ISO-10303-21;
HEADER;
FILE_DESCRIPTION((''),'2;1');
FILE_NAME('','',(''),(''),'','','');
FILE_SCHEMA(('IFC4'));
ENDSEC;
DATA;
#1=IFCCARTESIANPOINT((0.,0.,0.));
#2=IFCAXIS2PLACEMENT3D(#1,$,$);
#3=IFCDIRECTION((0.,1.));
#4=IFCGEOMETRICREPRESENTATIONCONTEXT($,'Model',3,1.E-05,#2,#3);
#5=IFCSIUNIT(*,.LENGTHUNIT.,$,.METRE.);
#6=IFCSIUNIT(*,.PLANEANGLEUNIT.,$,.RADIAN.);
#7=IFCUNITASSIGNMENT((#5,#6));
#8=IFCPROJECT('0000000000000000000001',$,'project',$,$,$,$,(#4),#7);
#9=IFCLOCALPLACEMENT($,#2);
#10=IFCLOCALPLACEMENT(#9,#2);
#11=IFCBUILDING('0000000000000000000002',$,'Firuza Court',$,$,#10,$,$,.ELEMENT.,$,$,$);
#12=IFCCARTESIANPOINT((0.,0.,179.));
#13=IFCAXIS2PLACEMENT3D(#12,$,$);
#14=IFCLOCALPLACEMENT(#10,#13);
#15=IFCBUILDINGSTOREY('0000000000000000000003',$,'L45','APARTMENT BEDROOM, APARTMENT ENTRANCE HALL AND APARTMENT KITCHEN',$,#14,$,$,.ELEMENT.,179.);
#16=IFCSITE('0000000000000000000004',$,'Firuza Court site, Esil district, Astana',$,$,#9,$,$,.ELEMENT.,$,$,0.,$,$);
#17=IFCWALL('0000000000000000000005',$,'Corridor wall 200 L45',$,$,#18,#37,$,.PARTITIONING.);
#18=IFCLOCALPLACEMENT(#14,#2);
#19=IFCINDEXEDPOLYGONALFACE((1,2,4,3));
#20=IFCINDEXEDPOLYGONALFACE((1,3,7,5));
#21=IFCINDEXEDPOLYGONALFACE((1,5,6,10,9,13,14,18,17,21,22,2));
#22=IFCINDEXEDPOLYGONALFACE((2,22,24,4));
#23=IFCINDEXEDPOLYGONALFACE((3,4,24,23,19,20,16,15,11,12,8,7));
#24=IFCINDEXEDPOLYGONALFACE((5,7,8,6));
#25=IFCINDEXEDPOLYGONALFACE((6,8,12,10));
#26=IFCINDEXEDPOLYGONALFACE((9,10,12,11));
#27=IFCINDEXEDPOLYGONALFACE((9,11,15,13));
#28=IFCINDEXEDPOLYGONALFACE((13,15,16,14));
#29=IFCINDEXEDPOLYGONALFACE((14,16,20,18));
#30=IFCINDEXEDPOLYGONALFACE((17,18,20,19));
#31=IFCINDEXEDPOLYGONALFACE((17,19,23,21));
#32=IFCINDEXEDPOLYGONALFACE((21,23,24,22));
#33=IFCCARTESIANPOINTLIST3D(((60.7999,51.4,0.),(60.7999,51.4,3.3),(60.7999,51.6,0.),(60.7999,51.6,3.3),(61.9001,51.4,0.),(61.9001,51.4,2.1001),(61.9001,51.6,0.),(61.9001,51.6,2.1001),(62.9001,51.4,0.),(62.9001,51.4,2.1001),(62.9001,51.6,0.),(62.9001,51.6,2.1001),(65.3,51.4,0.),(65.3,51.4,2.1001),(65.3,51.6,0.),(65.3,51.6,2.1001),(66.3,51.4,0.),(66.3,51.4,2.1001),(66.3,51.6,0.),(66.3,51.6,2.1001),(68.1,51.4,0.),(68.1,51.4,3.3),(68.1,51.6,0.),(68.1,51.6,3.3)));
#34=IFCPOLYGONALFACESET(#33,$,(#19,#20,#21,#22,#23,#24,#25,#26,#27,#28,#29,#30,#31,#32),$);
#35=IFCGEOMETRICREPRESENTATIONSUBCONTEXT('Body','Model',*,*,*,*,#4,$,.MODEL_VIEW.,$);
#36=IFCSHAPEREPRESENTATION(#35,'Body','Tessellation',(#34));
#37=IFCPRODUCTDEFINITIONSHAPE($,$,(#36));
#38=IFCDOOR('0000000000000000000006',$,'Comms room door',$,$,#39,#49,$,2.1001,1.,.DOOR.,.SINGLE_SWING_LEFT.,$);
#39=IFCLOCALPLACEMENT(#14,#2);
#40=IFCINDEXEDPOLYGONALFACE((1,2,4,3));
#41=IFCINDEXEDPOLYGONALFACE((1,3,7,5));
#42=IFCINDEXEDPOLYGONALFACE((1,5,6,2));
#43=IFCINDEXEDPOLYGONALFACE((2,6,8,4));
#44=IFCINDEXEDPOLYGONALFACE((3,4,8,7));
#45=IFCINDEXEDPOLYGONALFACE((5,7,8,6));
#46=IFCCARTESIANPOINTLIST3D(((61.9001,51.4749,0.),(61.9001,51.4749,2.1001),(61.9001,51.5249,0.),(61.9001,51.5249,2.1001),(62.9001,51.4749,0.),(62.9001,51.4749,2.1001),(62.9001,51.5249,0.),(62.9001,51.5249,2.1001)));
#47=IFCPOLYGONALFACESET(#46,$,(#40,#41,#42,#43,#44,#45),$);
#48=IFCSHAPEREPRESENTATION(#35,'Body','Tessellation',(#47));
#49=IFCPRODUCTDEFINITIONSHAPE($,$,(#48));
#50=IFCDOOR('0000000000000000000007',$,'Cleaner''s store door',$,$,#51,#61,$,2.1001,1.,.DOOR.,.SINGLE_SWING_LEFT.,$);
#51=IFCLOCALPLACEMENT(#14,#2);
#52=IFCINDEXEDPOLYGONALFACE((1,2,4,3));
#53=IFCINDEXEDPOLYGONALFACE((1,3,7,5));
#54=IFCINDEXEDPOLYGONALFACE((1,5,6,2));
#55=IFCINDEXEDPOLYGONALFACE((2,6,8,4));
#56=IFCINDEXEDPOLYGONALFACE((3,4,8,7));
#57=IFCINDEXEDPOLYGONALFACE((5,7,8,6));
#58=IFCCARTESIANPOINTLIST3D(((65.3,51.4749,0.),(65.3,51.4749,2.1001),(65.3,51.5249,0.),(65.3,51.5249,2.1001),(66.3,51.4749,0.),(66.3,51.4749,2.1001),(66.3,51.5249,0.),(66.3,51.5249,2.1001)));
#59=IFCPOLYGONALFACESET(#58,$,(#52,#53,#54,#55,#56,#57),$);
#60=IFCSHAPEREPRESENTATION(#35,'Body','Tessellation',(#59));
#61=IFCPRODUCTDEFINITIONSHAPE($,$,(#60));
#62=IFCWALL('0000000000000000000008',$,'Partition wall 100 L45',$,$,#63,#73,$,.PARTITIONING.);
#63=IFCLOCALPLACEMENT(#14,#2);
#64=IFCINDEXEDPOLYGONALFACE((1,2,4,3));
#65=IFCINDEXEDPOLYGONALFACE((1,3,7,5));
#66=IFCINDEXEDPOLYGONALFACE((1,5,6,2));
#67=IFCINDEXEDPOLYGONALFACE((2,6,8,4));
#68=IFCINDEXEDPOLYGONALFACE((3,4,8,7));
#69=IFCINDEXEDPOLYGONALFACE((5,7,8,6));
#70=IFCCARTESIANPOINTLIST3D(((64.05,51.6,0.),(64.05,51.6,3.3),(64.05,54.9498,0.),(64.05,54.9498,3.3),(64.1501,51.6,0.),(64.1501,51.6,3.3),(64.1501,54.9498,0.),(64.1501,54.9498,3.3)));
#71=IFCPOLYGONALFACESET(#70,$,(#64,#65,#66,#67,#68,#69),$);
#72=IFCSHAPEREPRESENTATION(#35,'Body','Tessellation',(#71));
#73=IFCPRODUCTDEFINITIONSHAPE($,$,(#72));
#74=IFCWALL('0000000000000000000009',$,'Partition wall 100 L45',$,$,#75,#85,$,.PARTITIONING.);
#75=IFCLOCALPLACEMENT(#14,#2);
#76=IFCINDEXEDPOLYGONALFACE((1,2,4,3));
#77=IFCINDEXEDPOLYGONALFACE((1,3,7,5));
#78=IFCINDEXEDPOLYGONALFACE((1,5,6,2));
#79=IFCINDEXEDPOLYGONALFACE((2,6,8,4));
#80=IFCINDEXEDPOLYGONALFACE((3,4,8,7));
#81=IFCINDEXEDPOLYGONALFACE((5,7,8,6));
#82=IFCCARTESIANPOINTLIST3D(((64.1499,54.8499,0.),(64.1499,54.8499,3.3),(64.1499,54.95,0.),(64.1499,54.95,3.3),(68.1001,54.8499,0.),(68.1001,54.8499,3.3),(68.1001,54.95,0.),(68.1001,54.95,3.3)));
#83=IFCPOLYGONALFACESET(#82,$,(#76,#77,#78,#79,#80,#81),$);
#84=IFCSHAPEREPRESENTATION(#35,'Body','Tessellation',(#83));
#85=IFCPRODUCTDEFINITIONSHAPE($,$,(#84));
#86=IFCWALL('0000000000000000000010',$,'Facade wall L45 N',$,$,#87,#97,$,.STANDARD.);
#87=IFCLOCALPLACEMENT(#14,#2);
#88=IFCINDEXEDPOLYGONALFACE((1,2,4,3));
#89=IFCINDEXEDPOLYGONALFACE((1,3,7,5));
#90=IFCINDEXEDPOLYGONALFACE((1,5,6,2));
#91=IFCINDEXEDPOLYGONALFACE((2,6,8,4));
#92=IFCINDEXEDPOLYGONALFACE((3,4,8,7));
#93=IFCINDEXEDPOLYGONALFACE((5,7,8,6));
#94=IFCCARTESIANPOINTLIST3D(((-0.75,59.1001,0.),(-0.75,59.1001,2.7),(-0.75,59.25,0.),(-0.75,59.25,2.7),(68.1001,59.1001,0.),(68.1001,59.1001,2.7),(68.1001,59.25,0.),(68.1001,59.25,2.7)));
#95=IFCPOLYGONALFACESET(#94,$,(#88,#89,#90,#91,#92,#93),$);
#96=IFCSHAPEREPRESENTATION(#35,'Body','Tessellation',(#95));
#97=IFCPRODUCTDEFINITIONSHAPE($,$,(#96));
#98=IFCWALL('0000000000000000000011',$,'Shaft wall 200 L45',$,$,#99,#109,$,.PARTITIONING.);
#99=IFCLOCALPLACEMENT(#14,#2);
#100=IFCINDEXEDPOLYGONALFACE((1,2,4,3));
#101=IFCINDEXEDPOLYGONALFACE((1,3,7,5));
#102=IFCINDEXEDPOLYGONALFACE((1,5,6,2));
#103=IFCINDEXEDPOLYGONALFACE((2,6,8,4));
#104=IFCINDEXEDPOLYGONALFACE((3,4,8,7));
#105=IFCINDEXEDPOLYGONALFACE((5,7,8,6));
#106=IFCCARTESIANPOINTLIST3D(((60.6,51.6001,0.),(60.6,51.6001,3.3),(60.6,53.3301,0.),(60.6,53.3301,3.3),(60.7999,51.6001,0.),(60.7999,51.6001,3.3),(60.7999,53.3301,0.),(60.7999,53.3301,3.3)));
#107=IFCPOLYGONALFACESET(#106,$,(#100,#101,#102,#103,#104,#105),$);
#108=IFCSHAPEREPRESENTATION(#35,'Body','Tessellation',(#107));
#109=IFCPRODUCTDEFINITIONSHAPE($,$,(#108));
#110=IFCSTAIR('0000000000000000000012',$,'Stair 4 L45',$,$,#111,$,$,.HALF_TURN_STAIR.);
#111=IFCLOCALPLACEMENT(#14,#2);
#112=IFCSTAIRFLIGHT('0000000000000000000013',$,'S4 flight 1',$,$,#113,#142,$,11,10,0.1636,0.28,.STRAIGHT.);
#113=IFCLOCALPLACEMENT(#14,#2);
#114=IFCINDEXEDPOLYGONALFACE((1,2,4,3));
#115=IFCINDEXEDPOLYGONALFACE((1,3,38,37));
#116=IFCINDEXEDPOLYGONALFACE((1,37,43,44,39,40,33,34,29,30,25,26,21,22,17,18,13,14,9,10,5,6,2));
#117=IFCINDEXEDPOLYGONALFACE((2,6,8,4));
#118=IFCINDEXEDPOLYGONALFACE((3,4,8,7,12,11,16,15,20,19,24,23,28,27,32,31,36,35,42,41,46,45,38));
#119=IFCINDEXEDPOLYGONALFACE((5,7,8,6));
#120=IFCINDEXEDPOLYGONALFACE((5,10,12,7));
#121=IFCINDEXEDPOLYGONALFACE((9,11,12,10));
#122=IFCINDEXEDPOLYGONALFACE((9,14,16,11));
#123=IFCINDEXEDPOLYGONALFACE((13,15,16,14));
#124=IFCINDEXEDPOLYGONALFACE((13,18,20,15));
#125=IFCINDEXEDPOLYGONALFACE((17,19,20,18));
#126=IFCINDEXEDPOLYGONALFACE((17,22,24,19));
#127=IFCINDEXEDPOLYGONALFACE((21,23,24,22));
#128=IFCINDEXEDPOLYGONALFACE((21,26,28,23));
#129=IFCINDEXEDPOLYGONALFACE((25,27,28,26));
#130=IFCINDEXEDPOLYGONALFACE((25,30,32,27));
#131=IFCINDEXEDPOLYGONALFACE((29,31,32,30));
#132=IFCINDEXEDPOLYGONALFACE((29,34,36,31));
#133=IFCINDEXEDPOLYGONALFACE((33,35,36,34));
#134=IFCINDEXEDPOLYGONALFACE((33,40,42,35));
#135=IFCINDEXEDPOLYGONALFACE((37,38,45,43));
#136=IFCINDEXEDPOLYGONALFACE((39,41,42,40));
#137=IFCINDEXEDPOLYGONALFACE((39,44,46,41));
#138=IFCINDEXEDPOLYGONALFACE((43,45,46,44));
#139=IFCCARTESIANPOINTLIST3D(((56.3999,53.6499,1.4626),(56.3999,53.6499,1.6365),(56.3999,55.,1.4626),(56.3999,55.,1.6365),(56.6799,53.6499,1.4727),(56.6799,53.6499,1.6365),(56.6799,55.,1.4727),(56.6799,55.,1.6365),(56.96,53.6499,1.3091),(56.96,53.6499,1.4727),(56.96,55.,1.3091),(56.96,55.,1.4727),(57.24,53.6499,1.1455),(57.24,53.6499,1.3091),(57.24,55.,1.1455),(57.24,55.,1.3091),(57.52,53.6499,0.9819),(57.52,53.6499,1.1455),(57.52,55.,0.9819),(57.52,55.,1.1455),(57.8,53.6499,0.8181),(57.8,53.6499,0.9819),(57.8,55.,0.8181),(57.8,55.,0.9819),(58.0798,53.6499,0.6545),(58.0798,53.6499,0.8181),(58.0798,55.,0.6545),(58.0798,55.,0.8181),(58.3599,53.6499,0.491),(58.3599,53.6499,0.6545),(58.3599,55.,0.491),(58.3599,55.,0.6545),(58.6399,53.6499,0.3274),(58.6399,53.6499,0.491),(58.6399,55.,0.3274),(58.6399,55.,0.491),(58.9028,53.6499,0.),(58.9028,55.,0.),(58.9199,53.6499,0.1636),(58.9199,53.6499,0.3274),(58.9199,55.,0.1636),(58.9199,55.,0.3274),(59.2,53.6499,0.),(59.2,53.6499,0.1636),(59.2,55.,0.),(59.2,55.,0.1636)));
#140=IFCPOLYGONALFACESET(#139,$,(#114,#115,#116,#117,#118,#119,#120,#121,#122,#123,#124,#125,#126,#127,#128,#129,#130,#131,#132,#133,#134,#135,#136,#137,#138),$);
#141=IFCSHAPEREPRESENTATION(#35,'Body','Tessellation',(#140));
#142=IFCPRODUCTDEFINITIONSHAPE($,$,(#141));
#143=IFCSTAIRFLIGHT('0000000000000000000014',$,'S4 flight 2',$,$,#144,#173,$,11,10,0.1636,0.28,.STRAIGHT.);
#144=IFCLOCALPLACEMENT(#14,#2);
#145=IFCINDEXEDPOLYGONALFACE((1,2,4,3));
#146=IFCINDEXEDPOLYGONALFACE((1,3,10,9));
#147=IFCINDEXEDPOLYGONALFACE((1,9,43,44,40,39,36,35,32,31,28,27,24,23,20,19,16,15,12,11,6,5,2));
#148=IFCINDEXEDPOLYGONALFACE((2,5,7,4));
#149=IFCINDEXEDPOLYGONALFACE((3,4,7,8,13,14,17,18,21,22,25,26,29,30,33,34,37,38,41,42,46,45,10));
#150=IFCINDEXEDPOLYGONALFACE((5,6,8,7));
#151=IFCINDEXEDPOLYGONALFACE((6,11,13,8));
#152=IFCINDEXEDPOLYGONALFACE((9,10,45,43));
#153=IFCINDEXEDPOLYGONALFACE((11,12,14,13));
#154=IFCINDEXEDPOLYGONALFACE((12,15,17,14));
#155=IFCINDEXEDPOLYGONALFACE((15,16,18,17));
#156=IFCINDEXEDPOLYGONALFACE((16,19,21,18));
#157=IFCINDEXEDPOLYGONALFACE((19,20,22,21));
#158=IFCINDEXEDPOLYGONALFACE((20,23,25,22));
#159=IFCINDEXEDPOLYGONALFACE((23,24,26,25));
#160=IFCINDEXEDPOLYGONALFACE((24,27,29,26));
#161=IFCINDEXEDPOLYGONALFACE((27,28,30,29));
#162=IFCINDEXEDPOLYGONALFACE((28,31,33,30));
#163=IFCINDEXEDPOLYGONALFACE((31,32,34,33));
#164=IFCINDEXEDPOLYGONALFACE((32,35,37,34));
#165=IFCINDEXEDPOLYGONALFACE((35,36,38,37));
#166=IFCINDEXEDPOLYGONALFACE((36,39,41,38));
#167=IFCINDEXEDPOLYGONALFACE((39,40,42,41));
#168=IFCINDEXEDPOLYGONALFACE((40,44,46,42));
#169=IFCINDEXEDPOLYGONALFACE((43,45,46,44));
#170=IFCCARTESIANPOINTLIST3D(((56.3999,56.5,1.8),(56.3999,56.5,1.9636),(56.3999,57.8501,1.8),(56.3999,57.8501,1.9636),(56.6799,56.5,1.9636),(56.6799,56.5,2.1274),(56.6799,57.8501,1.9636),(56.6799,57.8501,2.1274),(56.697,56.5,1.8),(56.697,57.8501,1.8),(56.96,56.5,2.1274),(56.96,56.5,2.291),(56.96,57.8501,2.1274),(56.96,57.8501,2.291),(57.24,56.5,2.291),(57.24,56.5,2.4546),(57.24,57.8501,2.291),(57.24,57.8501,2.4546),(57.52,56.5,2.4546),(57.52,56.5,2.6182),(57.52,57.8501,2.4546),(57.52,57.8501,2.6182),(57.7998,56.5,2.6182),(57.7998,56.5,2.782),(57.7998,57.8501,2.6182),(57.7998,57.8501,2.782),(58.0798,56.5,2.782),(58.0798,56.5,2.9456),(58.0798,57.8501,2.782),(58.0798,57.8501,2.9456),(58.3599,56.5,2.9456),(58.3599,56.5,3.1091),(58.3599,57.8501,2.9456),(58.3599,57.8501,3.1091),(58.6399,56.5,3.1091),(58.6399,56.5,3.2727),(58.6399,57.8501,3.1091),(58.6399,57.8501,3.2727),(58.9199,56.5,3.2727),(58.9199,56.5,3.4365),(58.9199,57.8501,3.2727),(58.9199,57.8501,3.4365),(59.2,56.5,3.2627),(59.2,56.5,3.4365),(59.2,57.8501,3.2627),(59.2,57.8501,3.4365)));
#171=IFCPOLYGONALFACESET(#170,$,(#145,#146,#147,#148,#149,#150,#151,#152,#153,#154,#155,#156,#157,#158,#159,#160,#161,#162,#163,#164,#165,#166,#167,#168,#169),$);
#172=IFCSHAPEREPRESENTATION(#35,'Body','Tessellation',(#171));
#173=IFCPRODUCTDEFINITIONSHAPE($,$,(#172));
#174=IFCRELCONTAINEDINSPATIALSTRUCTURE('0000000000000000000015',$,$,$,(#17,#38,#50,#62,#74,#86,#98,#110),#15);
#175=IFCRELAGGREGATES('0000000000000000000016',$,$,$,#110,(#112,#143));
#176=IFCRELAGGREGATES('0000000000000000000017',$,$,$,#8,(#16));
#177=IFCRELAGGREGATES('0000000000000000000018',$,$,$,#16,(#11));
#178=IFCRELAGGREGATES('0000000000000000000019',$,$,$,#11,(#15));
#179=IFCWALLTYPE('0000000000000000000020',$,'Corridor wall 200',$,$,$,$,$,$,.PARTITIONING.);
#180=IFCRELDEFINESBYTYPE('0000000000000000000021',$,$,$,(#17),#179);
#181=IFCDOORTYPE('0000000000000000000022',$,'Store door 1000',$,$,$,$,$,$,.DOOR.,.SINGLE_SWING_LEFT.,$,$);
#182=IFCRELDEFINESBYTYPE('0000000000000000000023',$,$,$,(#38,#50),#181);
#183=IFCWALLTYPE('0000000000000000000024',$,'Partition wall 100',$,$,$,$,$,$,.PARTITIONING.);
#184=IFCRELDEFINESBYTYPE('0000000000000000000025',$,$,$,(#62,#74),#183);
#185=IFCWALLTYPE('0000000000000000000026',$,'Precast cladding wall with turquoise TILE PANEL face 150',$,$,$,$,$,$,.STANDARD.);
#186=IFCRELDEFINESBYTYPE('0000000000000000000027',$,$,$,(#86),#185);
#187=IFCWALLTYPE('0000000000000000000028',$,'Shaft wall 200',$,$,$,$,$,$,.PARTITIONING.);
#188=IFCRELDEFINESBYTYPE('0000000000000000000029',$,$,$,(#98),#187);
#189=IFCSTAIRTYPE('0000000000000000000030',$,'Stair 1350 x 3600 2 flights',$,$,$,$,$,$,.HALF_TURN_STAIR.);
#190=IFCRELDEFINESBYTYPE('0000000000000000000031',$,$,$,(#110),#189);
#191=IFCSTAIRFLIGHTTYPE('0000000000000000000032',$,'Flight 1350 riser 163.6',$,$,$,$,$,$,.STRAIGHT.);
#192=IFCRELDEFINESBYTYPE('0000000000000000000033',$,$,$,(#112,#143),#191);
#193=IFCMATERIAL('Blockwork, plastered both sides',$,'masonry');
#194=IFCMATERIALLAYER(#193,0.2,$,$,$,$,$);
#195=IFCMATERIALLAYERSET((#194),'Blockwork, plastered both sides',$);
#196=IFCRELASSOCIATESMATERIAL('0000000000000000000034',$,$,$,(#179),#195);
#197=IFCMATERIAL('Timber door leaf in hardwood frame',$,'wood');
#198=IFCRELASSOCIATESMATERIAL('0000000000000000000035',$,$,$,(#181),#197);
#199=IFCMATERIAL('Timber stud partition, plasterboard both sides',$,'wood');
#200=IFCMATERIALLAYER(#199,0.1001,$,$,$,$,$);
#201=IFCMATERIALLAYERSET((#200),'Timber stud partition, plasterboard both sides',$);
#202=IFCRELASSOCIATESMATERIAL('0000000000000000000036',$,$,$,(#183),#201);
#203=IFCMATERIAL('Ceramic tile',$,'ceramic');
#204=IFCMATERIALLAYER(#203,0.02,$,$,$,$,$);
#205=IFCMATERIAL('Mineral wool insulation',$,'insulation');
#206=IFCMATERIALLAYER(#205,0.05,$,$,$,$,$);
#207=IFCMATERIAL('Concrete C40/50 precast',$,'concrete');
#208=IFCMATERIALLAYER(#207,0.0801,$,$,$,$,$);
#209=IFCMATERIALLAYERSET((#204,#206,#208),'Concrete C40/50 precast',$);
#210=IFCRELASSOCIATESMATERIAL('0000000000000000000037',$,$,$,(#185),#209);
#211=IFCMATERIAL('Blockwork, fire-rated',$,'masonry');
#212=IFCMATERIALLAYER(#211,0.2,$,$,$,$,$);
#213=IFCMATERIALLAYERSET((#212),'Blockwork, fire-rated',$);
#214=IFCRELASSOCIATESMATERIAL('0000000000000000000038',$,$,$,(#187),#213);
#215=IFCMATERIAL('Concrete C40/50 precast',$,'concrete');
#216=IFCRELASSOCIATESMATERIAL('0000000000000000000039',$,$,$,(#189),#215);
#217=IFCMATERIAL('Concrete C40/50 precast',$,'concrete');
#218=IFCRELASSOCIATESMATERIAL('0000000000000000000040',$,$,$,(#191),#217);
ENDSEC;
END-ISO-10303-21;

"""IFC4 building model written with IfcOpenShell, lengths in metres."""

from ifc_helpers import new_model, si_unit, direction, frame, frame_2d, origin, place, context, subcontext, project, spatial, polyline, rectangle, outline, extrude, material, layer, layer_set, type_object, element, fill, aggregate, save


model = new_model("IFC4")

# Units and contexts
model_context = context("Model", 3, precision=1e-05, world=origin(), true_north=direction((0.0, 1.0)))
body_context = subcontext(model_context, "Body", "Model", "MODEL_VIEW")
ifc_project = project(units=[si_unit("LENGTHUNIT", "METRE"), si_unit("PLANEANGLEUNIT", "RADIAN")], contexts=[model_context])

# Site, building, storey
site_placement = place(None, origin())
site = spatial("IfcSite", under=ifc_project, at=site_placement, Name="Firuza Court site, Esil district, Astana", CompositionType="ELEMENT", RefElevation=0.0)
building_placement = place(site_placement, origin())
building = spatial("IfcBuilding", under=site, at=building_placement, Name="Firuza Court", CompositionType="ELEMENT")
storey_placement = place(building_placement, frame((0.0, 0.0, 179.0)))
storey = spatial("IfcBuildingStorey", under=building, at=storey_placement, Name="L45", Description="APARTMENT BEDROOM, APARTMENT ENTRANCE HALL AND APARTMENT KITCHEN", CompositionType="ELEMENT", Elevation=179.0)

# Wall, openings, doors
ifc_material_1 = material(Name="Blockwork, plastered both sides", Category="masonry")
ifc_layer_1 = layer(ifc_material_1, 0.2)
ifc_layer_set_1 = layer_set([ifc_layer_1], Name="Blockwork, plastered both sides")
wall_type_1 = type_object("IfcWallType", Name="Corridor wall 200", PredefinedType="PARTITIONING", material=ifc_layer_set_1)
wall_1_placement = place(storey_placement, frame((60.8, 51.5, 0.0), z_axis=(0.0, 0.0, 1.0), x_axis=(1.0, 0.0, 0.0)))
wall_1 = element("IfcWall", 1, at=wall_1_placement, inside=storey, type_object=wall_type_1, Name="Corridor wall 200 L45", PredefinedType="PARTITIONING", context=body_context, shape_type="SweptSolid", body=[
    extrude(rectangle(XDim=7.3, YDim=0.2, at=frame_2d((3.6499, 0.0))), origin(), (0.0, 0.0, 1.0), 3.3),
])
opening_1_placement = place(wall_1_placement, frame((1.1001, 0.0, 0.0)))
opening_1 = element("IfcOpeningElement", 2, at=opening_1_placement, cuts=wall_1, PredefinedType="OPENING", context=body_context, shape_type="SweptSolid", body=[
    extrude(rectangle(XDim=1.0, YDim=2.1001, at=frame_2d((0.5, 1.05))), frame((0.0, 0.1118, 0.0), z_axis=(0.0, -1.0, 0.0), x_axis=(1.0, 0.0, 0.0)), (0.0, 0.0, 1.0), 0.2239),
])
opening_2_placement = place(wall_1_placement, frame((4.5, 0.0, 0.0)))
opening_2 = element("IfcOpeningElement", 3, at=opening_2_placement, cuts=wall_1, PredefinedType="OPENING", context=body_context, shape_type="SweptSolid", body=[
    extrude(rectangle(XDim=1.0, YDim=2.1001, at=frame_2d((0.5, 1.05))), frame((0.0, 0.1118, 0.0), z_axis=(0.0, -1.0, 0.0), x_axis=(1.0, 0.0, 0.0)), (0.0, 0.0, 1.0), 0.2239),
])
ifc_material_2 = material(Name="Timber door leaf in hardwood frame", Category="wood")
door_type = type_object("IfcDoorType", Name="Store door 1000", OperationType="SINGLE_SWING_LEFT", PredefinedType="DOOR", material=ifc_material_2)
door_1_placement = place(opening_1_placement, origin())
door_1 = element("IfcDoor", 4, at=door_1_placement, inside=storey, type_object=door_type, Name="Comms room door", OperationType="SINGLE_SWING_LEFT", OverallHeight=2.1001, OverallWidth=1.0, PredefinedType="DOOR", context=body_context, shape_type="SweptSolid", body=[
    extrude(rectangle(XDim=1.0, YDim=2.1001, at=frame_2d((0.5, 1.05))), frame((0.0, 0.0249, 0.0), z_axis=(0.0, -1.0, 0.0), x_axis=(1.0, 0.0, 0.0)), (0.0, 0.0, 1.0), 0.05),
])
fill(opening_1, door_1)
door_2_placement = place(opening_2_placement, origin())
door_2 = element("IfcDoor", 5, at=door_2_placement, inside=storey, type_object=door_type, Name="Cleaner's store door", OperationType="SINGLE_SWING_LEFT", OverallHeight=2.1001, OverallWidth=1.0, PredefinedType="DOOR", context=body_context, shape_type="SweptSolid", body=[
    extrude(rectangle(XDim=1.0, YDim=2.1001, at=frame_2d((0.5, 1.05))), frame((0.0, 0.0249, 0.0), z_axis=(0.0, -1.0, 0.0), x_axis=(1.0, 0.0, 0.0)), (0.0, 0.0, 1.0), 0.05),
])
fill(opening_2, door_2)

# Walls
ifc_material_3 = material(Name="Timber stud partition, plasterboard both sides", Category="wood")
ifc_layer_2 = layer(ifc_material_3, 0.1001)
ifc_layer_set_2 = layer_set([ifc_layer_2], Name="Timber stud partition, plasterboard both sides")
wall_type_2 = type_object("IfcWallType", Name="Partition wall 100", PredefinedType="PARTITIONING", material=ifc_layer_set_2)
wall_2_placement = place(storey_placement, frame((64.1001, 51.6001, 0.0), z_axis=(0.0, 0.0, 1.0), x_axis=(0.0, 1.0, 0.0)))
element("IfcWall", 6, at=wall_2_placement, inside=storey, type_object=wall_type_2, Name="Partition wall 100 L45", PredefinedType="PARTITIONING", context=body_context, shape_type="SweptSolid", body=[
    extrude(rectangle(XDim=3.3499, YDim=0.1001, at=frame_2d((1.6748, 0.0))), origin(), (0.0, 0.0, 1.0), 3.3),
])
wall_3_placement = place(storey_placement, frame((64.1499, 54.8999, 0.0), z_axis=(0.0, 0.0, 1.0), x_axis=(1.0, 0.0, 0.0)))
element("IfcWall", 7, at=wall_3_placement, inside=storey, type_object=wall_type_2, Name="Partition wall 100 L45", PredefinedType="PARTITIONING", context=body_context, shape_type="SweptSolid", body=[
    extrude(rectangle(XDim=3.9502, YDim=0.1001, at=frame_2d((1.9751, 0.0))), origin(), (0.0, 0.0, 1.0), 3.3),
])
ifc_material_4 = material(Name="Ceramic tile", Category="ceramic")
ifc_layer_3 = layer(ifc_material_4, 0.02)
ifc_material_5 = material(Name="Mineral wool insulation", Category="insulation")
ifc_layer_4 = layer(ifc_material_5, 0.05)
ifc_material_6 = material(Name="Concrete C40/50 precast", Category="concrete")
ifc_layer_5 = layer(ifc_material_6, 0.0801)
ifc_layer_set_3 = layer_set([ifc_layer_3, ifc_layer_4, ifc_layer_5], Name="Concrete C40/50 precast")
wall_type_3 = type_object("IfcWallType", Name="Precast cladding wall with turquoise TILE PANEL face 150", PredefinedType="STANDARD", material=ifc_layer_set_3)
wall_4_placement = place(storey_placement, frame((68.1001, 59.175, 0.0), z_axis=(0.0, 0.0, 1.0), x_axis=(-1.0, 0.0, 0.0)))
element("IfcWall", 8, at=wall_4_placement, inside=storey, type_object=wall_type_3, Name="Facade wall L45 N", PredefinedType="STANDARD", context=body_context, shape_type="SweptSolid", body=[
    extrude(rectangle(XDim=68.8501, YDim=0.1499, at=frame_2d((34.425, 0.0))), origin(), (0.0, 0.0, 1.0), 2.7),
])
ifc_material_7 = material(Name="Blockwork, fire-rated", Category="masonry")
ifc_layer_6 = layer(ifc_material_7, 0.2)
ifc_layer_set_4 = layer_set([ifc_layer_6], Name="Blockwork, fire-rated")
wall_type_4 = type_object("IfcWallType", Name="Shaft wall 200", PredefinedType="PARTITIONING", material=ifc_layer_set_4)
wall_5_placement = place(storey_placement, frame((60.7, 51.6001, 0.0), z_axis=(0.0, 0.0, 1.0), x_axis=(0.0, 1.0, 0.0)))
element("IfcWall", 9, at=wall_5_placement, inside=storey, type_object=wall_type_4, Name="Shaft wall 200 L45", PredefinedType="PARTITIONING", context=body_context, shape_type="SweptSolid", body=[
    extrude(rectangle(XDim=1.73, YDim=0.2, at=frame_2d((0.865, 0.0))), origin(), (0.0, 0.0, 1.0), 3.3),
])

# Stair, stair flights
ifc_material_8 = material(Name="Concrete C40/50 precast", Category="concrete")
stair_type = type_object("IfcStairType", Name="Stair 1350 x 3600 2 flights", PredefinedType="HALF_TURN_STAIR", material=ifc_material_8)
stair_placement = place(storey_placement, origin())
stair = element("IfcStair", 10, at=stair_placement, inside=storey, type_object=stair_type, Name="Stair 4 L45", PredefinedType="HALF_TURN_STAIR")
ifc_material_9 = material(Name="Concrete C40/50 precast", Category="concrete")
stair_flight_type = type_object("IfcStairFlightType", Name="Flight 1350 riser 163.6", PredefinedType="STRAIGHT", material=ifc_material_9)
stair_flight_1_placement = place(storey_placement, frame((59.2, 54.325, 0.0), z_axis=(0.0, 0.0, 1.0), x_axis=(-1.0, 0.0, 0.0)))
stair_flight_1 = element("IfcStairFlight", 11, at=stair_flight_1_placement, type_object=stair_flight_type, Name="S4 flight 1", NumberOfRisers=11, NumberOfTreads=10, PredefinedType="STRAIGHT", RiserHeight=0.1636, TreadLength=0.28, context=body_context, shape_type="SweptSolid", body=[
    extrude(outline(polyline([(0.0, 0.0), (0.0, 0.1636), (0.28, 0.1636), (0.28, 0.3274), (0.5601, 0.3274), (0.5601, 0.491), (0.8401, 0.491), (0.8401, 0.6545), (1.1201, 0.6545), (1.1201, 0.8181), (1.3999, 0.8181), (1.3999, 0.9819), (1.6799, 0.9819), (1.6799, 1.1455), (1.96, 1.1455), (1.96, 1.3091), (2.24, 1.3091), (2.24, 1.4727), (2.52, 1.4727), (2.52, 1.6365), (2.8, 1.6365), (2.8, 1.8), (2.8, 1.4626), (0.2971, 0.0), (0.0, 0.0)])), frame((0.0, 0.675, 0.0), z_axis=(0.0, -1.0, 0.0), x_axis=(1.0, 0.0, 0.0)), (0.0, 0.0, 1.0), 1.3501),
])
stair_flight_2_placement = place(storey_placement, frame((56.3999, 57.175, 1.8), z_axis=(0.0, 0.0, 1.0), x_axis=(1.0, 0.0, 0.0)))
stair_flight_2 = element("IfcStairFlight", 12, at=stair_flight_2_placement, type_object=stair_flight_type, Name="S4 flight 2", NumberOfRisers=11, NumberOfTreads=10, PredefinedType="STRAIGHT", RiserHeight=0.1636, TreadLength=0.28, context=body_context, shape_type="SweptSolid", body=[
    extrude(outline(polyline([(0.0, 0.0), (0.0, 0.1636), (0.28, 0.1636), (0.28, 0.3274), (0.5601, 0.3274), (0.5601, 0.491), (0.8401, 0.491), (0.8401, 0.6545), (1.1201, 0.6545), (1.1201, 0.8181), (1.3999, 0.8181), (1.3999, 0.9819), (1.6799, 0.9819), (1.6799, 1.1455), (1.96, 1.1455), (1.96, 1.3091), (2.24, 1.3091), (2.24, 1.4727), (2.52, 1.4727), (2.52, 1.6365), (2.8, 1.6365), (2.8, 1.8), (2.8, 1.4626), (0.2971, 0.0), (0.0, 0.0)])), frame((0.0, 0.675, 0.0), z_axis=(0.0, -1.0, 0.0), x_axis=(1.0, 0.0, 0.0)), (0.0, 0.0, 1.0), 1.3501),
])
aggregate(stair, [stair_flight_1, stair_flight_2])

save(model, "model.ifc")
